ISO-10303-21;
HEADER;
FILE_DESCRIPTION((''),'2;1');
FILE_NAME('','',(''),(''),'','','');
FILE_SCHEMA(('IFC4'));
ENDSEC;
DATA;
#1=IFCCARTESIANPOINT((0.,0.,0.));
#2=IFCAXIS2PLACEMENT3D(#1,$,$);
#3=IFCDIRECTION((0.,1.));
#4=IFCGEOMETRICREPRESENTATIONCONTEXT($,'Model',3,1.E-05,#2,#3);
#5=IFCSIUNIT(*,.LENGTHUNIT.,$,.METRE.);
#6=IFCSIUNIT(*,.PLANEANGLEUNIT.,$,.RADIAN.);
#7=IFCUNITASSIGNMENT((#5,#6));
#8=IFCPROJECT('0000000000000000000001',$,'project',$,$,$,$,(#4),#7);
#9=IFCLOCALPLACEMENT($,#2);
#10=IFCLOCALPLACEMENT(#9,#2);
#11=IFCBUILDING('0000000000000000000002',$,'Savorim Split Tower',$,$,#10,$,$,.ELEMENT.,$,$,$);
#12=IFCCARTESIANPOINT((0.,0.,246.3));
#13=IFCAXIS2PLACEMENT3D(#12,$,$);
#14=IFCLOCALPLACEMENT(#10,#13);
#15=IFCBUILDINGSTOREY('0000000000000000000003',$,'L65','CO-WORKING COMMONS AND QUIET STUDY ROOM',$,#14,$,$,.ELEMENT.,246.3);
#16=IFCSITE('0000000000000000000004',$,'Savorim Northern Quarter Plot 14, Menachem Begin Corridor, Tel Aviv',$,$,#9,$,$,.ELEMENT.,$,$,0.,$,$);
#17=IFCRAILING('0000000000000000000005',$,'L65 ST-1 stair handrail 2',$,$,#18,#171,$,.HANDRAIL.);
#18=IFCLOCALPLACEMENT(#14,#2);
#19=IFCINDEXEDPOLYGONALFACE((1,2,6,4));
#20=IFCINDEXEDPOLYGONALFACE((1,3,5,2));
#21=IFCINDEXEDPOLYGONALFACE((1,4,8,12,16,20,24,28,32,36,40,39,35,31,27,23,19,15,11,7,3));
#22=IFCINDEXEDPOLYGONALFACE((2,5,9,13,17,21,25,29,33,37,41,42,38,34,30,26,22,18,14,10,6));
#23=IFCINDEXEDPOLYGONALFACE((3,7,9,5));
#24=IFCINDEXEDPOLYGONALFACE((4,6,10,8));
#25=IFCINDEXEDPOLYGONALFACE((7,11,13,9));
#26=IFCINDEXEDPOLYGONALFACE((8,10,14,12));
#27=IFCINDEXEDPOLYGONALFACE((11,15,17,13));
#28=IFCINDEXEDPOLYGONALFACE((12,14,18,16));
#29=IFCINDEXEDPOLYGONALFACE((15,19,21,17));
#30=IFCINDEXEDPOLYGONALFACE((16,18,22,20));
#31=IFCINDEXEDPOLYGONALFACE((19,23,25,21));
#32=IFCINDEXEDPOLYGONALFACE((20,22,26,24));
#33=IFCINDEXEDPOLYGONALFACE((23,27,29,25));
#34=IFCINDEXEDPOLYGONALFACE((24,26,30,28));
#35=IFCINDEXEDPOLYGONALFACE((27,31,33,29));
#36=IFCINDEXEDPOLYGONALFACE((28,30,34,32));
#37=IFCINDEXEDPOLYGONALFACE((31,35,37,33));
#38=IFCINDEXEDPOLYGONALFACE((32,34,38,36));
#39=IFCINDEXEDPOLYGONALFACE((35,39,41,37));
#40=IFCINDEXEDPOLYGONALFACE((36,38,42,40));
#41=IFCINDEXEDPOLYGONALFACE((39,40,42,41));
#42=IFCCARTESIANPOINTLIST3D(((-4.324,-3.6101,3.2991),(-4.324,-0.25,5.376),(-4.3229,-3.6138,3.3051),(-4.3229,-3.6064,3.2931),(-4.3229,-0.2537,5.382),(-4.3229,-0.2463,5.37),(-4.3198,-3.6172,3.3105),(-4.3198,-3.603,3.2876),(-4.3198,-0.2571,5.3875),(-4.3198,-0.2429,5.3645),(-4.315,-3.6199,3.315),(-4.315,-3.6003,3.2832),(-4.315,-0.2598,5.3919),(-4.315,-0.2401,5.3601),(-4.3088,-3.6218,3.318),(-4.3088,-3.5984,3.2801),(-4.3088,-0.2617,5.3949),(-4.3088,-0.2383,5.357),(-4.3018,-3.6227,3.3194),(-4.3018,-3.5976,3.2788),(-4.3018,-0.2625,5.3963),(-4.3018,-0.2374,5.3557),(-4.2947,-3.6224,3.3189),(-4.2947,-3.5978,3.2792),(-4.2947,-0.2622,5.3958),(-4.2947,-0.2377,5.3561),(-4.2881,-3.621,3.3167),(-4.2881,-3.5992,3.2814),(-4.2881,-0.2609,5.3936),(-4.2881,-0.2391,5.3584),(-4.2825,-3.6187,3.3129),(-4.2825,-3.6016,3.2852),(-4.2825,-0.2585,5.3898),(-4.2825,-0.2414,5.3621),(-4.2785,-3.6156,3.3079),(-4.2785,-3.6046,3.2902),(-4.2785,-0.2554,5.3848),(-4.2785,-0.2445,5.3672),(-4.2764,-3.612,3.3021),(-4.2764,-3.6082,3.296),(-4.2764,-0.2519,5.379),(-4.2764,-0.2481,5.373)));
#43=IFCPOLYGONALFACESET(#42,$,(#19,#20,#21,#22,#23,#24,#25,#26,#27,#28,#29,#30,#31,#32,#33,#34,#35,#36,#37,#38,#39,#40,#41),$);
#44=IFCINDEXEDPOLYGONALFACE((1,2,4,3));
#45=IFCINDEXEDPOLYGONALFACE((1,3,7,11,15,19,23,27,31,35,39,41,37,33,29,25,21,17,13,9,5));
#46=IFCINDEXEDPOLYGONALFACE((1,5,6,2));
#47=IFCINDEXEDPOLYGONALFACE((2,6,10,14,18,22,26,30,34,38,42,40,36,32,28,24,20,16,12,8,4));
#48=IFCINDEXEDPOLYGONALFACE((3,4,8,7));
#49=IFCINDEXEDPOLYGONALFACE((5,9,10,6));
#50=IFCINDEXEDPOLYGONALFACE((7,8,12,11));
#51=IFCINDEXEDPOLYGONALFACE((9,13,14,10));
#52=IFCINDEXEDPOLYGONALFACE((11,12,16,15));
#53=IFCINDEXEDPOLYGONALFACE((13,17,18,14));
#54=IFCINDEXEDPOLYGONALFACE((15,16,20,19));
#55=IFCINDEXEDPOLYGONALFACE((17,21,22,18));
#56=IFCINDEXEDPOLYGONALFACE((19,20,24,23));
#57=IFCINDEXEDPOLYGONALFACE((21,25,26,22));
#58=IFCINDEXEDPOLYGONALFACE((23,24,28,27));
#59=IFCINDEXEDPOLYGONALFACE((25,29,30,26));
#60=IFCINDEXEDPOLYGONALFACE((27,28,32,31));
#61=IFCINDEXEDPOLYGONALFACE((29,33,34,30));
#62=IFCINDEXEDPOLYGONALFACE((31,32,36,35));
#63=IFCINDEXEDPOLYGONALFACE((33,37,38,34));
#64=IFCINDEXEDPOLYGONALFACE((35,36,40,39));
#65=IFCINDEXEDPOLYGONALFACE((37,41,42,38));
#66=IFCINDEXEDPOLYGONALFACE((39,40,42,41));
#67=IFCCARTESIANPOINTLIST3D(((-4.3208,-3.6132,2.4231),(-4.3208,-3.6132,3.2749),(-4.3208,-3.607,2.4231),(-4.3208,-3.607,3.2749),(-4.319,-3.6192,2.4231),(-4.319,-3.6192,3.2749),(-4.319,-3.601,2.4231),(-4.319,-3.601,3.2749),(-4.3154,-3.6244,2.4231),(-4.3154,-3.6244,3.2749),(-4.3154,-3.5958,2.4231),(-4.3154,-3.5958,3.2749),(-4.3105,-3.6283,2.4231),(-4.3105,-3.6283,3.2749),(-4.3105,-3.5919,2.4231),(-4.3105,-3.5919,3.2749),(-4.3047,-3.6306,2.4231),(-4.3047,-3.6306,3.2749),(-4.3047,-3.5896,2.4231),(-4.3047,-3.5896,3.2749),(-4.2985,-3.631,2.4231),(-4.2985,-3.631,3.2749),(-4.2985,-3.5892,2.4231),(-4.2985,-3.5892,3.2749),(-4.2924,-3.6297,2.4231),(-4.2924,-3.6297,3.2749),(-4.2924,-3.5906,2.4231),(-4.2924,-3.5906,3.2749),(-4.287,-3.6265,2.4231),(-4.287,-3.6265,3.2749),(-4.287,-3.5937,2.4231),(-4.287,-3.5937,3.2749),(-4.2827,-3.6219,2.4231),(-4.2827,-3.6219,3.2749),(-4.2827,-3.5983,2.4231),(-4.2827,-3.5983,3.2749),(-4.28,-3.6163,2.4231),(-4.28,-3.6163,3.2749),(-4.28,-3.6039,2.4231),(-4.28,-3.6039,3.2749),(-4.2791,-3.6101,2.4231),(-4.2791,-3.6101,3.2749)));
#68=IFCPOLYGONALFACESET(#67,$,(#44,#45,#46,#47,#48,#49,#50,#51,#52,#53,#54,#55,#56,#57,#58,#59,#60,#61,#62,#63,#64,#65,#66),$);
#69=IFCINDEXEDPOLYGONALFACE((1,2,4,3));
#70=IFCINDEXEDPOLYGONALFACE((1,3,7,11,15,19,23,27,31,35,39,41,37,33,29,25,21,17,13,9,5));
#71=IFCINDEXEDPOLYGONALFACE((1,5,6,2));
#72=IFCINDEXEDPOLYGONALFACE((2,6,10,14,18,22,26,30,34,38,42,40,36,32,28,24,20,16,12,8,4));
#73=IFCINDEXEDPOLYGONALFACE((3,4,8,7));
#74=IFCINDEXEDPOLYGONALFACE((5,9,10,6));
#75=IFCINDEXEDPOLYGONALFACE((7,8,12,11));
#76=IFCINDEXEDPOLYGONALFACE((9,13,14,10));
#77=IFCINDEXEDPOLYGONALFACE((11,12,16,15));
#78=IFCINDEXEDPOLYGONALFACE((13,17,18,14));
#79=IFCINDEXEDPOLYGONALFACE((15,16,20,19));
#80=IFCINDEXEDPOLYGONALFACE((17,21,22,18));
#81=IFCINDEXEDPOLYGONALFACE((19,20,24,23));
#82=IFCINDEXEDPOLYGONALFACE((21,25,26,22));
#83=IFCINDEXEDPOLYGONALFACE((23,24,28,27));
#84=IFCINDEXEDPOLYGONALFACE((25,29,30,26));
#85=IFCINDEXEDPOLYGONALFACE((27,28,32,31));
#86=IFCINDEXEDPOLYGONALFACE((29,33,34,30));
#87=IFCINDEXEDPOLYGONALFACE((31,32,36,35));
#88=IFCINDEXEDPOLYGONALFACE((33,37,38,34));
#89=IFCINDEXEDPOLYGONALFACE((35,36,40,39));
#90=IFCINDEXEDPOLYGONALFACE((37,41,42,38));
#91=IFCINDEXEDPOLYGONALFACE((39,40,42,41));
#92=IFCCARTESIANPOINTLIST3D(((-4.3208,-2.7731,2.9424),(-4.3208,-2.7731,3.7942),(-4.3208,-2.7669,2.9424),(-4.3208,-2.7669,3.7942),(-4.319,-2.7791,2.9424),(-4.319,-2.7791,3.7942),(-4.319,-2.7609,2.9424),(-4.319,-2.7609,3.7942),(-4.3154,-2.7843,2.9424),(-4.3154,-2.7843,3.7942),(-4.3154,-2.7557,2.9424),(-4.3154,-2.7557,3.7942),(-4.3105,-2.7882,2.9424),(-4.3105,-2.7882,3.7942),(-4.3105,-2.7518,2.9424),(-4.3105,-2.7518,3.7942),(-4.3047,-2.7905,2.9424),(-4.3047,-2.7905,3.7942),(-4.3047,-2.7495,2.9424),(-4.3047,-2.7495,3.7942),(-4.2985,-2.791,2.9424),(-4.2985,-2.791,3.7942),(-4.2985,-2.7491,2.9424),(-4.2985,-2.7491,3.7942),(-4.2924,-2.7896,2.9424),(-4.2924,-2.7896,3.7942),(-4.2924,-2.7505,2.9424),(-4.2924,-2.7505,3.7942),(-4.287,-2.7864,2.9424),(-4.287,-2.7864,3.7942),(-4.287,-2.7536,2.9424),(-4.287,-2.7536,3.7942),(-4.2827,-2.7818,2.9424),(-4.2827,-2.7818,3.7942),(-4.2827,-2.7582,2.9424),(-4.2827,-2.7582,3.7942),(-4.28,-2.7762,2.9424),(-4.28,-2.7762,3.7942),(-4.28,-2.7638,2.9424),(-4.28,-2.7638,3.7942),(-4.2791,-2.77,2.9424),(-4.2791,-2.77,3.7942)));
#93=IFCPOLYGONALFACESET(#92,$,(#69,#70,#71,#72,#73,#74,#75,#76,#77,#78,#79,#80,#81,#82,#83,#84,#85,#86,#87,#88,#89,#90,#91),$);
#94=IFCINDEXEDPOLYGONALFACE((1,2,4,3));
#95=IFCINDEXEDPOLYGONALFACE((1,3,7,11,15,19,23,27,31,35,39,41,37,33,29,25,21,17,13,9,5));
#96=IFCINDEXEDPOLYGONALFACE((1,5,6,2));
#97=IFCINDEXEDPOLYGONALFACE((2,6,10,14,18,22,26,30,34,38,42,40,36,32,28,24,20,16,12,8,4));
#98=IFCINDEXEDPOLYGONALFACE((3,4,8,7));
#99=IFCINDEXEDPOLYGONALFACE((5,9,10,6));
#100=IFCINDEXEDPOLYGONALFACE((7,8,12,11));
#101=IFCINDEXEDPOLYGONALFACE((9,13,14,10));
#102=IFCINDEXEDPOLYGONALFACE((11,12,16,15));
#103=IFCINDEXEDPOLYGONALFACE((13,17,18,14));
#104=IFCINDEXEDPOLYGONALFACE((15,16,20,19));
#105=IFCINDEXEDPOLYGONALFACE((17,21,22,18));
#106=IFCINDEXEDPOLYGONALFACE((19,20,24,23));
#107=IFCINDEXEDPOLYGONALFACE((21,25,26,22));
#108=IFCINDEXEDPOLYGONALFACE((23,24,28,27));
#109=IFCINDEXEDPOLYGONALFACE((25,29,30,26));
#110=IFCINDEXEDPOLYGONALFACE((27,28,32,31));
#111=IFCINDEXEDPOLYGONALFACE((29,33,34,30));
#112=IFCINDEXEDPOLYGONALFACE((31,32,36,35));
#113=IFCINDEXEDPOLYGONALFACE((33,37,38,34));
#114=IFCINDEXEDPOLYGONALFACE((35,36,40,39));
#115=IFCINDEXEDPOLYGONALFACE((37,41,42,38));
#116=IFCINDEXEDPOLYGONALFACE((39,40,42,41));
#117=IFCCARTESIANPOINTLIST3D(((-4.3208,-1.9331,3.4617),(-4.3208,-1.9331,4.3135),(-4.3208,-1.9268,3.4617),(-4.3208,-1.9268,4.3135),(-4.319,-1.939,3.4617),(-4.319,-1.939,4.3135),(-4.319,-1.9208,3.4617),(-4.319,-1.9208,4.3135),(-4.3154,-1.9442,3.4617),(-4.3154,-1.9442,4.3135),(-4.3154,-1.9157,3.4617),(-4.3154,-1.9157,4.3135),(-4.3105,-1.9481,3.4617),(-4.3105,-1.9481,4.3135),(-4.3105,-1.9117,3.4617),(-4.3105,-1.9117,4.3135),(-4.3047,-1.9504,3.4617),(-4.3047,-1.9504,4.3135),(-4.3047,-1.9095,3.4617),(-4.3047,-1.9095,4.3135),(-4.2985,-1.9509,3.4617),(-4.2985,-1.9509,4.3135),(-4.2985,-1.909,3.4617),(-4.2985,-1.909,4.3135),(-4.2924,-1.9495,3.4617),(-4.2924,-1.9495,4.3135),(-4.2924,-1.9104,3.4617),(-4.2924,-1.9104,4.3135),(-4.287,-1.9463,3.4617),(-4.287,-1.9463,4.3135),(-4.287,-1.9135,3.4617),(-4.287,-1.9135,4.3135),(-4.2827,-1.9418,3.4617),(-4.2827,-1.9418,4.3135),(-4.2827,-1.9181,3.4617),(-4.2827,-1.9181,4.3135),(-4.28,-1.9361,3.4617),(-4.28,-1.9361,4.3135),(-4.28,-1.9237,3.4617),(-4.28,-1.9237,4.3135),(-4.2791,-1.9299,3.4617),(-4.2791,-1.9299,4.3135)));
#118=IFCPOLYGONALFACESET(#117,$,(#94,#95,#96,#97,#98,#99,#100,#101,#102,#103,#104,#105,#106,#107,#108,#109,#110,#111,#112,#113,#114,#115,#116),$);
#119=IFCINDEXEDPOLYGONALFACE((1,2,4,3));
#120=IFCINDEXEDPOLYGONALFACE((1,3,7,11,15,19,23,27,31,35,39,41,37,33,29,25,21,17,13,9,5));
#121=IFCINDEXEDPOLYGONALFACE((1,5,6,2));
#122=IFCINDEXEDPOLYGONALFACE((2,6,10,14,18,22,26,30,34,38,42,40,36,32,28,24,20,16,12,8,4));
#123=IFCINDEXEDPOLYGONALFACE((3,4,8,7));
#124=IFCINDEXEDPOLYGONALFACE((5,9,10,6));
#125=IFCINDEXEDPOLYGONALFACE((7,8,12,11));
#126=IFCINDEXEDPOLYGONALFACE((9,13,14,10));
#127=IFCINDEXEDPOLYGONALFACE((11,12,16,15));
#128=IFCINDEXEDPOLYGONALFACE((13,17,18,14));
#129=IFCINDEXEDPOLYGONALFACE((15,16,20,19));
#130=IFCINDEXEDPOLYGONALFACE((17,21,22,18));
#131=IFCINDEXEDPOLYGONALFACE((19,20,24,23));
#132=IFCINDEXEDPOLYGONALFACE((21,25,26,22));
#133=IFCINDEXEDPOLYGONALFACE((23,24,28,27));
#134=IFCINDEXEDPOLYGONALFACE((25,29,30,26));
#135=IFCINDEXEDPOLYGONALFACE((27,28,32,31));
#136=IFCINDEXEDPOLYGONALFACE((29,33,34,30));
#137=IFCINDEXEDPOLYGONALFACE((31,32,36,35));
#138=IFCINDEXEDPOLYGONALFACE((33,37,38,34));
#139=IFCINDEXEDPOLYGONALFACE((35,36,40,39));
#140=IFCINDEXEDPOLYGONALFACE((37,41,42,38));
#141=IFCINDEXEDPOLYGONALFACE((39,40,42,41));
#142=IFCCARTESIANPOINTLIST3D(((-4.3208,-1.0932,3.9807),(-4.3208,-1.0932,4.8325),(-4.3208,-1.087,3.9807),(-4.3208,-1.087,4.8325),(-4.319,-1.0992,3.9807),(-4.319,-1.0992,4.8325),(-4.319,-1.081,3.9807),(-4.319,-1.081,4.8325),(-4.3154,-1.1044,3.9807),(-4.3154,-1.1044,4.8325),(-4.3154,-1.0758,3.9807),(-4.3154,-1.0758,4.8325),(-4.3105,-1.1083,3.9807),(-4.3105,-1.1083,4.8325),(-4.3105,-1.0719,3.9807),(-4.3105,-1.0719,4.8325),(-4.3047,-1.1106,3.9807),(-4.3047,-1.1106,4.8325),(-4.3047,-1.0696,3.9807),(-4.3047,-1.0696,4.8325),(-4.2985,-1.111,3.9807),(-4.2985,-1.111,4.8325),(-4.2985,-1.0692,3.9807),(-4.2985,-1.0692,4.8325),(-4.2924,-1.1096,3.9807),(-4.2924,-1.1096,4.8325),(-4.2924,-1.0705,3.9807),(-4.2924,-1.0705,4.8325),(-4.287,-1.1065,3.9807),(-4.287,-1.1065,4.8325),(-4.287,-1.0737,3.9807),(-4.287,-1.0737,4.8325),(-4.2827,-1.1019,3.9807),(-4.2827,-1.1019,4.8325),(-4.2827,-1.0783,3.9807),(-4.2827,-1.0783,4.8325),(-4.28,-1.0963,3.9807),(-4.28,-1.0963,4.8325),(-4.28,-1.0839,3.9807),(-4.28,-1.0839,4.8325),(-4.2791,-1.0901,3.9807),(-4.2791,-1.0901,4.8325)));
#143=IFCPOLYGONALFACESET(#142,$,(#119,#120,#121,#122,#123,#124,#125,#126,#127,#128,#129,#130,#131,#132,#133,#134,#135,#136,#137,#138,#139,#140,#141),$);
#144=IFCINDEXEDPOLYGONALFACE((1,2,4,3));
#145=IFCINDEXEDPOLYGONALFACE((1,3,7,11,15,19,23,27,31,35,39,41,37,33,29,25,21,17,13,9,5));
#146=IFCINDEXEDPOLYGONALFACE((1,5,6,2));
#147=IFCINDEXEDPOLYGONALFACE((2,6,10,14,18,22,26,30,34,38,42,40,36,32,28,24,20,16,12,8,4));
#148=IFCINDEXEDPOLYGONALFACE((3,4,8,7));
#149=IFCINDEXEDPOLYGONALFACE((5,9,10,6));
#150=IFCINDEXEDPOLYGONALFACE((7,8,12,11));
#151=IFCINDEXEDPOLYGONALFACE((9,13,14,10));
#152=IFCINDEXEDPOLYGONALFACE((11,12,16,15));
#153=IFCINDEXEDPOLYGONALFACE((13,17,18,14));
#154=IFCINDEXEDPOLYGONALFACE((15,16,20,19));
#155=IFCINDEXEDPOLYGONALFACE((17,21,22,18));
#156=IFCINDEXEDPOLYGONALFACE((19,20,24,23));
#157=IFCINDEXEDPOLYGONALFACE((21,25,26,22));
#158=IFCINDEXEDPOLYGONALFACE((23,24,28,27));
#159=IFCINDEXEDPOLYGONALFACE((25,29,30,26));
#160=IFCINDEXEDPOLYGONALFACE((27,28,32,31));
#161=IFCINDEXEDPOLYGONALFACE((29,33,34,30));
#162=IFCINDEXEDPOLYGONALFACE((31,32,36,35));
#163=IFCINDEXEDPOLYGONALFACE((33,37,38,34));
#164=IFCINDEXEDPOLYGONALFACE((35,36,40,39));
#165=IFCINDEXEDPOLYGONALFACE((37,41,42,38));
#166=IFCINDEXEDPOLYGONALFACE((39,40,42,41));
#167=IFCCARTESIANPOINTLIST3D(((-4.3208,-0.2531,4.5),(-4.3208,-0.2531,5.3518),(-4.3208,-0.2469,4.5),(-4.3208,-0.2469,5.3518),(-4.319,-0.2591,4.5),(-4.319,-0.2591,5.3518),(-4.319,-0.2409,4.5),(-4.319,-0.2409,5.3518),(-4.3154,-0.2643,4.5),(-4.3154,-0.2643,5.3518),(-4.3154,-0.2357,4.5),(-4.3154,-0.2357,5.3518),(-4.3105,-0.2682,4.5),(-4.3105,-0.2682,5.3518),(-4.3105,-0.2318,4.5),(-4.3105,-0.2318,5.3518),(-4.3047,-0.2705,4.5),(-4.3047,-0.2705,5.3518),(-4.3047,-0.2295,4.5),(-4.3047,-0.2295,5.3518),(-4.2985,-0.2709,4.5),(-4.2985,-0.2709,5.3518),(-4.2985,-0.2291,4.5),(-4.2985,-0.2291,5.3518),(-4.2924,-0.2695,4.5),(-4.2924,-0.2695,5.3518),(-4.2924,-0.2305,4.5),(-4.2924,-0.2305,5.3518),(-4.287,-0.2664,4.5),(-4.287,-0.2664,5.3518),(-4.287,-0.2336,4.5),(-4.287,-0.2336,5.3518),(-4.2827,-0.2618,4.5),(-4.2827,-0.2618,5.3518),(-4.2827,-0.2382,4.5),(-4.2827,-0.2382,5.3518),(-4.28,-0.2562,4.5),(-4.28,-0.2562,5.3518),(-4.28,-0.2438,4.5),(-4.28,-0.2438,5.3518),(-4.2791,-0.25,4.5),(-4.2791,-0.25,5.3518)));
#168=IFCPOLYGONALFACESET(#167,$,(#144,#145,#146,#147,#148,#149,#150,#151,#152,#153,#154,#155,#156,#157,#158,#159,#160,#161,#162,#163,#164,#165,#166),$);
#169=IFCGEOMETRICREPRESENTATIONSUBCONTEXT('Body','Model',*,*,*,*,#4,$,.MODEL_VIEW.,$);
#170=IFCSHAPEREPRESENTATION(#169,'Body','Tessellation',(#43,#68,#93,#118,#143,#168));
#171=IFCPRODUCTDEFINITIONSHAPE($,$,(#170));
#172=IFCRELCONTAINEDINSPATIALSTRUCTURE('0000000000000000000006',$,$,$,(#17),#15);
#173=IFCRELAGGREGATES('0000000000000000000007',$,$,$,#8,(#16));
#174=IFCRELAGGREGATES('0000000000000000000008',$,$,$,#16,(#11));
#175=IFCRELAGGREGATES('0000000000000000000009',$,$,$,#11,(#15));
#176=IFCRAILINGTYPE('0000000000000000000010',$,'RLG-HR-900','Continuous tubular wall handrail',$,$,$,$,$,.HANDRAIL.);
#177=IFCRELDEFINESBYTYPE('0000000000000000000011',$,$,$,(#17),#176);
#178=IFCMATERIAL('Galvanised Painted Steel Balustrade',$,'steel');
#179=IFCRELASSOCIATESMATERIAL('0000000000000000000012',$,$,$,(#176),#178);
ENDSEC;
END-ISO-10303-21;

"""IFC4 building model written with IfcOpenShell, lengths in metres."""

from ifc_helpers import new_model, si_unit, direction, frame, origin, origin_2d, place, context, subcontext, project, spatial, circle, extrude, material, type_object, element, save


model = new_model("IFC4")

# Units and contexts
model_context = context("Model", 3, precision=1e-05, world=origin(), true_north=direction((0.0, 1.0)))
body_context = subcontext(model_context, "Body", "Model", "MODEL_VIEW")
ifc_project = project(units=[si_unit("LENGTHUNIT", "METRE"), si_unit("PLANEANGLEUNIT", "RADIAN")], contexts=[model_context])

# Site, building, storey
site_placement = place(None, origin())
site = spatial("IfcSite", under=ifc_project, at=site_placement, Name="Savorim Northern Quarter Plot 14, Menachem Begin Corridor, Tel Aviv", CompositionType="ELEMENT", RefElevation=0.0)
building_placement = place(site_placement, origin())
building = spatial("IfcBuilding", under=site, at=building_placement, Name="Savorim Split Tower", CompositionType="ELEMENT")
storey_placement = place(building_placement, frame((0.0, 0.0, 246.3)))
storey = spatial("IfcBuildingStorey", under=building, at=storey_placement, Name="L65", Description="CO-WORKING COMMONS AND QUIET STUDY ROOM", CompositionType="ELEMENT", Elevation=246.3)

# Railing
ifc_material_1 = material(Name="Galvanised Painted Steel Balustrade", Category="steel")
railing_type_1 = type_object("IfcRailingType", Name="RLG-HR-900", Description="Continuous tubular wall handrail", PredefinedType="HANDRAIL", material=ifc_material_1)
railing_1_placement = place(storey_placement, frame((-4.3, -3.6101, 2.4231)))
element("IfcRailing", 1, at=railing_1_placement, inside=storey, type_object=railing_type_1, Name="L65 ST-1 stair handrail 2", PredefinedType="HANDRAIL", context=body_context, shape_type="SweptSolid", body=[
    extrude(circle(Radius=0.0239, at=origin_2d()), frame((0.0, 0.0, 0.876), z_axis=(0.0, 0.850623, 0.525776), x_axis=(-1.0, 0.0, 0.0)), (0.0, 0.0, 1.0), 3.9502),
    extrude(circle(Radius=0.021, at=origin_2d()), origin(), (0.0, 0.0, 1.0), 0.8518),
    extrude(circle(Radius=0.021, at=origin_2d()), frame((0.0, 0.8401, 0.5193)), (0.0, 0.0, 1.0), 0.8518),
    extrude(circle(Radius=0.021, at=origin_2d()), frame((0.0, 1.6802, 1.0386)), (0.0, 0.0, 1.0), 0.8518),
    extrude(circle(Radius=0.021, at=origin_2d()), frame((0.0, 2.52, 1.5576)), (0.0, 0.0, 1.0), 0.8518),
    extrude(circle(Radius=0.021, at=origin_2d()), frame((0.0, 3.3601, 2.0769)), (0.0, 0.0, 1.0), 0.8518),
])

save(model, "model.ifc")
